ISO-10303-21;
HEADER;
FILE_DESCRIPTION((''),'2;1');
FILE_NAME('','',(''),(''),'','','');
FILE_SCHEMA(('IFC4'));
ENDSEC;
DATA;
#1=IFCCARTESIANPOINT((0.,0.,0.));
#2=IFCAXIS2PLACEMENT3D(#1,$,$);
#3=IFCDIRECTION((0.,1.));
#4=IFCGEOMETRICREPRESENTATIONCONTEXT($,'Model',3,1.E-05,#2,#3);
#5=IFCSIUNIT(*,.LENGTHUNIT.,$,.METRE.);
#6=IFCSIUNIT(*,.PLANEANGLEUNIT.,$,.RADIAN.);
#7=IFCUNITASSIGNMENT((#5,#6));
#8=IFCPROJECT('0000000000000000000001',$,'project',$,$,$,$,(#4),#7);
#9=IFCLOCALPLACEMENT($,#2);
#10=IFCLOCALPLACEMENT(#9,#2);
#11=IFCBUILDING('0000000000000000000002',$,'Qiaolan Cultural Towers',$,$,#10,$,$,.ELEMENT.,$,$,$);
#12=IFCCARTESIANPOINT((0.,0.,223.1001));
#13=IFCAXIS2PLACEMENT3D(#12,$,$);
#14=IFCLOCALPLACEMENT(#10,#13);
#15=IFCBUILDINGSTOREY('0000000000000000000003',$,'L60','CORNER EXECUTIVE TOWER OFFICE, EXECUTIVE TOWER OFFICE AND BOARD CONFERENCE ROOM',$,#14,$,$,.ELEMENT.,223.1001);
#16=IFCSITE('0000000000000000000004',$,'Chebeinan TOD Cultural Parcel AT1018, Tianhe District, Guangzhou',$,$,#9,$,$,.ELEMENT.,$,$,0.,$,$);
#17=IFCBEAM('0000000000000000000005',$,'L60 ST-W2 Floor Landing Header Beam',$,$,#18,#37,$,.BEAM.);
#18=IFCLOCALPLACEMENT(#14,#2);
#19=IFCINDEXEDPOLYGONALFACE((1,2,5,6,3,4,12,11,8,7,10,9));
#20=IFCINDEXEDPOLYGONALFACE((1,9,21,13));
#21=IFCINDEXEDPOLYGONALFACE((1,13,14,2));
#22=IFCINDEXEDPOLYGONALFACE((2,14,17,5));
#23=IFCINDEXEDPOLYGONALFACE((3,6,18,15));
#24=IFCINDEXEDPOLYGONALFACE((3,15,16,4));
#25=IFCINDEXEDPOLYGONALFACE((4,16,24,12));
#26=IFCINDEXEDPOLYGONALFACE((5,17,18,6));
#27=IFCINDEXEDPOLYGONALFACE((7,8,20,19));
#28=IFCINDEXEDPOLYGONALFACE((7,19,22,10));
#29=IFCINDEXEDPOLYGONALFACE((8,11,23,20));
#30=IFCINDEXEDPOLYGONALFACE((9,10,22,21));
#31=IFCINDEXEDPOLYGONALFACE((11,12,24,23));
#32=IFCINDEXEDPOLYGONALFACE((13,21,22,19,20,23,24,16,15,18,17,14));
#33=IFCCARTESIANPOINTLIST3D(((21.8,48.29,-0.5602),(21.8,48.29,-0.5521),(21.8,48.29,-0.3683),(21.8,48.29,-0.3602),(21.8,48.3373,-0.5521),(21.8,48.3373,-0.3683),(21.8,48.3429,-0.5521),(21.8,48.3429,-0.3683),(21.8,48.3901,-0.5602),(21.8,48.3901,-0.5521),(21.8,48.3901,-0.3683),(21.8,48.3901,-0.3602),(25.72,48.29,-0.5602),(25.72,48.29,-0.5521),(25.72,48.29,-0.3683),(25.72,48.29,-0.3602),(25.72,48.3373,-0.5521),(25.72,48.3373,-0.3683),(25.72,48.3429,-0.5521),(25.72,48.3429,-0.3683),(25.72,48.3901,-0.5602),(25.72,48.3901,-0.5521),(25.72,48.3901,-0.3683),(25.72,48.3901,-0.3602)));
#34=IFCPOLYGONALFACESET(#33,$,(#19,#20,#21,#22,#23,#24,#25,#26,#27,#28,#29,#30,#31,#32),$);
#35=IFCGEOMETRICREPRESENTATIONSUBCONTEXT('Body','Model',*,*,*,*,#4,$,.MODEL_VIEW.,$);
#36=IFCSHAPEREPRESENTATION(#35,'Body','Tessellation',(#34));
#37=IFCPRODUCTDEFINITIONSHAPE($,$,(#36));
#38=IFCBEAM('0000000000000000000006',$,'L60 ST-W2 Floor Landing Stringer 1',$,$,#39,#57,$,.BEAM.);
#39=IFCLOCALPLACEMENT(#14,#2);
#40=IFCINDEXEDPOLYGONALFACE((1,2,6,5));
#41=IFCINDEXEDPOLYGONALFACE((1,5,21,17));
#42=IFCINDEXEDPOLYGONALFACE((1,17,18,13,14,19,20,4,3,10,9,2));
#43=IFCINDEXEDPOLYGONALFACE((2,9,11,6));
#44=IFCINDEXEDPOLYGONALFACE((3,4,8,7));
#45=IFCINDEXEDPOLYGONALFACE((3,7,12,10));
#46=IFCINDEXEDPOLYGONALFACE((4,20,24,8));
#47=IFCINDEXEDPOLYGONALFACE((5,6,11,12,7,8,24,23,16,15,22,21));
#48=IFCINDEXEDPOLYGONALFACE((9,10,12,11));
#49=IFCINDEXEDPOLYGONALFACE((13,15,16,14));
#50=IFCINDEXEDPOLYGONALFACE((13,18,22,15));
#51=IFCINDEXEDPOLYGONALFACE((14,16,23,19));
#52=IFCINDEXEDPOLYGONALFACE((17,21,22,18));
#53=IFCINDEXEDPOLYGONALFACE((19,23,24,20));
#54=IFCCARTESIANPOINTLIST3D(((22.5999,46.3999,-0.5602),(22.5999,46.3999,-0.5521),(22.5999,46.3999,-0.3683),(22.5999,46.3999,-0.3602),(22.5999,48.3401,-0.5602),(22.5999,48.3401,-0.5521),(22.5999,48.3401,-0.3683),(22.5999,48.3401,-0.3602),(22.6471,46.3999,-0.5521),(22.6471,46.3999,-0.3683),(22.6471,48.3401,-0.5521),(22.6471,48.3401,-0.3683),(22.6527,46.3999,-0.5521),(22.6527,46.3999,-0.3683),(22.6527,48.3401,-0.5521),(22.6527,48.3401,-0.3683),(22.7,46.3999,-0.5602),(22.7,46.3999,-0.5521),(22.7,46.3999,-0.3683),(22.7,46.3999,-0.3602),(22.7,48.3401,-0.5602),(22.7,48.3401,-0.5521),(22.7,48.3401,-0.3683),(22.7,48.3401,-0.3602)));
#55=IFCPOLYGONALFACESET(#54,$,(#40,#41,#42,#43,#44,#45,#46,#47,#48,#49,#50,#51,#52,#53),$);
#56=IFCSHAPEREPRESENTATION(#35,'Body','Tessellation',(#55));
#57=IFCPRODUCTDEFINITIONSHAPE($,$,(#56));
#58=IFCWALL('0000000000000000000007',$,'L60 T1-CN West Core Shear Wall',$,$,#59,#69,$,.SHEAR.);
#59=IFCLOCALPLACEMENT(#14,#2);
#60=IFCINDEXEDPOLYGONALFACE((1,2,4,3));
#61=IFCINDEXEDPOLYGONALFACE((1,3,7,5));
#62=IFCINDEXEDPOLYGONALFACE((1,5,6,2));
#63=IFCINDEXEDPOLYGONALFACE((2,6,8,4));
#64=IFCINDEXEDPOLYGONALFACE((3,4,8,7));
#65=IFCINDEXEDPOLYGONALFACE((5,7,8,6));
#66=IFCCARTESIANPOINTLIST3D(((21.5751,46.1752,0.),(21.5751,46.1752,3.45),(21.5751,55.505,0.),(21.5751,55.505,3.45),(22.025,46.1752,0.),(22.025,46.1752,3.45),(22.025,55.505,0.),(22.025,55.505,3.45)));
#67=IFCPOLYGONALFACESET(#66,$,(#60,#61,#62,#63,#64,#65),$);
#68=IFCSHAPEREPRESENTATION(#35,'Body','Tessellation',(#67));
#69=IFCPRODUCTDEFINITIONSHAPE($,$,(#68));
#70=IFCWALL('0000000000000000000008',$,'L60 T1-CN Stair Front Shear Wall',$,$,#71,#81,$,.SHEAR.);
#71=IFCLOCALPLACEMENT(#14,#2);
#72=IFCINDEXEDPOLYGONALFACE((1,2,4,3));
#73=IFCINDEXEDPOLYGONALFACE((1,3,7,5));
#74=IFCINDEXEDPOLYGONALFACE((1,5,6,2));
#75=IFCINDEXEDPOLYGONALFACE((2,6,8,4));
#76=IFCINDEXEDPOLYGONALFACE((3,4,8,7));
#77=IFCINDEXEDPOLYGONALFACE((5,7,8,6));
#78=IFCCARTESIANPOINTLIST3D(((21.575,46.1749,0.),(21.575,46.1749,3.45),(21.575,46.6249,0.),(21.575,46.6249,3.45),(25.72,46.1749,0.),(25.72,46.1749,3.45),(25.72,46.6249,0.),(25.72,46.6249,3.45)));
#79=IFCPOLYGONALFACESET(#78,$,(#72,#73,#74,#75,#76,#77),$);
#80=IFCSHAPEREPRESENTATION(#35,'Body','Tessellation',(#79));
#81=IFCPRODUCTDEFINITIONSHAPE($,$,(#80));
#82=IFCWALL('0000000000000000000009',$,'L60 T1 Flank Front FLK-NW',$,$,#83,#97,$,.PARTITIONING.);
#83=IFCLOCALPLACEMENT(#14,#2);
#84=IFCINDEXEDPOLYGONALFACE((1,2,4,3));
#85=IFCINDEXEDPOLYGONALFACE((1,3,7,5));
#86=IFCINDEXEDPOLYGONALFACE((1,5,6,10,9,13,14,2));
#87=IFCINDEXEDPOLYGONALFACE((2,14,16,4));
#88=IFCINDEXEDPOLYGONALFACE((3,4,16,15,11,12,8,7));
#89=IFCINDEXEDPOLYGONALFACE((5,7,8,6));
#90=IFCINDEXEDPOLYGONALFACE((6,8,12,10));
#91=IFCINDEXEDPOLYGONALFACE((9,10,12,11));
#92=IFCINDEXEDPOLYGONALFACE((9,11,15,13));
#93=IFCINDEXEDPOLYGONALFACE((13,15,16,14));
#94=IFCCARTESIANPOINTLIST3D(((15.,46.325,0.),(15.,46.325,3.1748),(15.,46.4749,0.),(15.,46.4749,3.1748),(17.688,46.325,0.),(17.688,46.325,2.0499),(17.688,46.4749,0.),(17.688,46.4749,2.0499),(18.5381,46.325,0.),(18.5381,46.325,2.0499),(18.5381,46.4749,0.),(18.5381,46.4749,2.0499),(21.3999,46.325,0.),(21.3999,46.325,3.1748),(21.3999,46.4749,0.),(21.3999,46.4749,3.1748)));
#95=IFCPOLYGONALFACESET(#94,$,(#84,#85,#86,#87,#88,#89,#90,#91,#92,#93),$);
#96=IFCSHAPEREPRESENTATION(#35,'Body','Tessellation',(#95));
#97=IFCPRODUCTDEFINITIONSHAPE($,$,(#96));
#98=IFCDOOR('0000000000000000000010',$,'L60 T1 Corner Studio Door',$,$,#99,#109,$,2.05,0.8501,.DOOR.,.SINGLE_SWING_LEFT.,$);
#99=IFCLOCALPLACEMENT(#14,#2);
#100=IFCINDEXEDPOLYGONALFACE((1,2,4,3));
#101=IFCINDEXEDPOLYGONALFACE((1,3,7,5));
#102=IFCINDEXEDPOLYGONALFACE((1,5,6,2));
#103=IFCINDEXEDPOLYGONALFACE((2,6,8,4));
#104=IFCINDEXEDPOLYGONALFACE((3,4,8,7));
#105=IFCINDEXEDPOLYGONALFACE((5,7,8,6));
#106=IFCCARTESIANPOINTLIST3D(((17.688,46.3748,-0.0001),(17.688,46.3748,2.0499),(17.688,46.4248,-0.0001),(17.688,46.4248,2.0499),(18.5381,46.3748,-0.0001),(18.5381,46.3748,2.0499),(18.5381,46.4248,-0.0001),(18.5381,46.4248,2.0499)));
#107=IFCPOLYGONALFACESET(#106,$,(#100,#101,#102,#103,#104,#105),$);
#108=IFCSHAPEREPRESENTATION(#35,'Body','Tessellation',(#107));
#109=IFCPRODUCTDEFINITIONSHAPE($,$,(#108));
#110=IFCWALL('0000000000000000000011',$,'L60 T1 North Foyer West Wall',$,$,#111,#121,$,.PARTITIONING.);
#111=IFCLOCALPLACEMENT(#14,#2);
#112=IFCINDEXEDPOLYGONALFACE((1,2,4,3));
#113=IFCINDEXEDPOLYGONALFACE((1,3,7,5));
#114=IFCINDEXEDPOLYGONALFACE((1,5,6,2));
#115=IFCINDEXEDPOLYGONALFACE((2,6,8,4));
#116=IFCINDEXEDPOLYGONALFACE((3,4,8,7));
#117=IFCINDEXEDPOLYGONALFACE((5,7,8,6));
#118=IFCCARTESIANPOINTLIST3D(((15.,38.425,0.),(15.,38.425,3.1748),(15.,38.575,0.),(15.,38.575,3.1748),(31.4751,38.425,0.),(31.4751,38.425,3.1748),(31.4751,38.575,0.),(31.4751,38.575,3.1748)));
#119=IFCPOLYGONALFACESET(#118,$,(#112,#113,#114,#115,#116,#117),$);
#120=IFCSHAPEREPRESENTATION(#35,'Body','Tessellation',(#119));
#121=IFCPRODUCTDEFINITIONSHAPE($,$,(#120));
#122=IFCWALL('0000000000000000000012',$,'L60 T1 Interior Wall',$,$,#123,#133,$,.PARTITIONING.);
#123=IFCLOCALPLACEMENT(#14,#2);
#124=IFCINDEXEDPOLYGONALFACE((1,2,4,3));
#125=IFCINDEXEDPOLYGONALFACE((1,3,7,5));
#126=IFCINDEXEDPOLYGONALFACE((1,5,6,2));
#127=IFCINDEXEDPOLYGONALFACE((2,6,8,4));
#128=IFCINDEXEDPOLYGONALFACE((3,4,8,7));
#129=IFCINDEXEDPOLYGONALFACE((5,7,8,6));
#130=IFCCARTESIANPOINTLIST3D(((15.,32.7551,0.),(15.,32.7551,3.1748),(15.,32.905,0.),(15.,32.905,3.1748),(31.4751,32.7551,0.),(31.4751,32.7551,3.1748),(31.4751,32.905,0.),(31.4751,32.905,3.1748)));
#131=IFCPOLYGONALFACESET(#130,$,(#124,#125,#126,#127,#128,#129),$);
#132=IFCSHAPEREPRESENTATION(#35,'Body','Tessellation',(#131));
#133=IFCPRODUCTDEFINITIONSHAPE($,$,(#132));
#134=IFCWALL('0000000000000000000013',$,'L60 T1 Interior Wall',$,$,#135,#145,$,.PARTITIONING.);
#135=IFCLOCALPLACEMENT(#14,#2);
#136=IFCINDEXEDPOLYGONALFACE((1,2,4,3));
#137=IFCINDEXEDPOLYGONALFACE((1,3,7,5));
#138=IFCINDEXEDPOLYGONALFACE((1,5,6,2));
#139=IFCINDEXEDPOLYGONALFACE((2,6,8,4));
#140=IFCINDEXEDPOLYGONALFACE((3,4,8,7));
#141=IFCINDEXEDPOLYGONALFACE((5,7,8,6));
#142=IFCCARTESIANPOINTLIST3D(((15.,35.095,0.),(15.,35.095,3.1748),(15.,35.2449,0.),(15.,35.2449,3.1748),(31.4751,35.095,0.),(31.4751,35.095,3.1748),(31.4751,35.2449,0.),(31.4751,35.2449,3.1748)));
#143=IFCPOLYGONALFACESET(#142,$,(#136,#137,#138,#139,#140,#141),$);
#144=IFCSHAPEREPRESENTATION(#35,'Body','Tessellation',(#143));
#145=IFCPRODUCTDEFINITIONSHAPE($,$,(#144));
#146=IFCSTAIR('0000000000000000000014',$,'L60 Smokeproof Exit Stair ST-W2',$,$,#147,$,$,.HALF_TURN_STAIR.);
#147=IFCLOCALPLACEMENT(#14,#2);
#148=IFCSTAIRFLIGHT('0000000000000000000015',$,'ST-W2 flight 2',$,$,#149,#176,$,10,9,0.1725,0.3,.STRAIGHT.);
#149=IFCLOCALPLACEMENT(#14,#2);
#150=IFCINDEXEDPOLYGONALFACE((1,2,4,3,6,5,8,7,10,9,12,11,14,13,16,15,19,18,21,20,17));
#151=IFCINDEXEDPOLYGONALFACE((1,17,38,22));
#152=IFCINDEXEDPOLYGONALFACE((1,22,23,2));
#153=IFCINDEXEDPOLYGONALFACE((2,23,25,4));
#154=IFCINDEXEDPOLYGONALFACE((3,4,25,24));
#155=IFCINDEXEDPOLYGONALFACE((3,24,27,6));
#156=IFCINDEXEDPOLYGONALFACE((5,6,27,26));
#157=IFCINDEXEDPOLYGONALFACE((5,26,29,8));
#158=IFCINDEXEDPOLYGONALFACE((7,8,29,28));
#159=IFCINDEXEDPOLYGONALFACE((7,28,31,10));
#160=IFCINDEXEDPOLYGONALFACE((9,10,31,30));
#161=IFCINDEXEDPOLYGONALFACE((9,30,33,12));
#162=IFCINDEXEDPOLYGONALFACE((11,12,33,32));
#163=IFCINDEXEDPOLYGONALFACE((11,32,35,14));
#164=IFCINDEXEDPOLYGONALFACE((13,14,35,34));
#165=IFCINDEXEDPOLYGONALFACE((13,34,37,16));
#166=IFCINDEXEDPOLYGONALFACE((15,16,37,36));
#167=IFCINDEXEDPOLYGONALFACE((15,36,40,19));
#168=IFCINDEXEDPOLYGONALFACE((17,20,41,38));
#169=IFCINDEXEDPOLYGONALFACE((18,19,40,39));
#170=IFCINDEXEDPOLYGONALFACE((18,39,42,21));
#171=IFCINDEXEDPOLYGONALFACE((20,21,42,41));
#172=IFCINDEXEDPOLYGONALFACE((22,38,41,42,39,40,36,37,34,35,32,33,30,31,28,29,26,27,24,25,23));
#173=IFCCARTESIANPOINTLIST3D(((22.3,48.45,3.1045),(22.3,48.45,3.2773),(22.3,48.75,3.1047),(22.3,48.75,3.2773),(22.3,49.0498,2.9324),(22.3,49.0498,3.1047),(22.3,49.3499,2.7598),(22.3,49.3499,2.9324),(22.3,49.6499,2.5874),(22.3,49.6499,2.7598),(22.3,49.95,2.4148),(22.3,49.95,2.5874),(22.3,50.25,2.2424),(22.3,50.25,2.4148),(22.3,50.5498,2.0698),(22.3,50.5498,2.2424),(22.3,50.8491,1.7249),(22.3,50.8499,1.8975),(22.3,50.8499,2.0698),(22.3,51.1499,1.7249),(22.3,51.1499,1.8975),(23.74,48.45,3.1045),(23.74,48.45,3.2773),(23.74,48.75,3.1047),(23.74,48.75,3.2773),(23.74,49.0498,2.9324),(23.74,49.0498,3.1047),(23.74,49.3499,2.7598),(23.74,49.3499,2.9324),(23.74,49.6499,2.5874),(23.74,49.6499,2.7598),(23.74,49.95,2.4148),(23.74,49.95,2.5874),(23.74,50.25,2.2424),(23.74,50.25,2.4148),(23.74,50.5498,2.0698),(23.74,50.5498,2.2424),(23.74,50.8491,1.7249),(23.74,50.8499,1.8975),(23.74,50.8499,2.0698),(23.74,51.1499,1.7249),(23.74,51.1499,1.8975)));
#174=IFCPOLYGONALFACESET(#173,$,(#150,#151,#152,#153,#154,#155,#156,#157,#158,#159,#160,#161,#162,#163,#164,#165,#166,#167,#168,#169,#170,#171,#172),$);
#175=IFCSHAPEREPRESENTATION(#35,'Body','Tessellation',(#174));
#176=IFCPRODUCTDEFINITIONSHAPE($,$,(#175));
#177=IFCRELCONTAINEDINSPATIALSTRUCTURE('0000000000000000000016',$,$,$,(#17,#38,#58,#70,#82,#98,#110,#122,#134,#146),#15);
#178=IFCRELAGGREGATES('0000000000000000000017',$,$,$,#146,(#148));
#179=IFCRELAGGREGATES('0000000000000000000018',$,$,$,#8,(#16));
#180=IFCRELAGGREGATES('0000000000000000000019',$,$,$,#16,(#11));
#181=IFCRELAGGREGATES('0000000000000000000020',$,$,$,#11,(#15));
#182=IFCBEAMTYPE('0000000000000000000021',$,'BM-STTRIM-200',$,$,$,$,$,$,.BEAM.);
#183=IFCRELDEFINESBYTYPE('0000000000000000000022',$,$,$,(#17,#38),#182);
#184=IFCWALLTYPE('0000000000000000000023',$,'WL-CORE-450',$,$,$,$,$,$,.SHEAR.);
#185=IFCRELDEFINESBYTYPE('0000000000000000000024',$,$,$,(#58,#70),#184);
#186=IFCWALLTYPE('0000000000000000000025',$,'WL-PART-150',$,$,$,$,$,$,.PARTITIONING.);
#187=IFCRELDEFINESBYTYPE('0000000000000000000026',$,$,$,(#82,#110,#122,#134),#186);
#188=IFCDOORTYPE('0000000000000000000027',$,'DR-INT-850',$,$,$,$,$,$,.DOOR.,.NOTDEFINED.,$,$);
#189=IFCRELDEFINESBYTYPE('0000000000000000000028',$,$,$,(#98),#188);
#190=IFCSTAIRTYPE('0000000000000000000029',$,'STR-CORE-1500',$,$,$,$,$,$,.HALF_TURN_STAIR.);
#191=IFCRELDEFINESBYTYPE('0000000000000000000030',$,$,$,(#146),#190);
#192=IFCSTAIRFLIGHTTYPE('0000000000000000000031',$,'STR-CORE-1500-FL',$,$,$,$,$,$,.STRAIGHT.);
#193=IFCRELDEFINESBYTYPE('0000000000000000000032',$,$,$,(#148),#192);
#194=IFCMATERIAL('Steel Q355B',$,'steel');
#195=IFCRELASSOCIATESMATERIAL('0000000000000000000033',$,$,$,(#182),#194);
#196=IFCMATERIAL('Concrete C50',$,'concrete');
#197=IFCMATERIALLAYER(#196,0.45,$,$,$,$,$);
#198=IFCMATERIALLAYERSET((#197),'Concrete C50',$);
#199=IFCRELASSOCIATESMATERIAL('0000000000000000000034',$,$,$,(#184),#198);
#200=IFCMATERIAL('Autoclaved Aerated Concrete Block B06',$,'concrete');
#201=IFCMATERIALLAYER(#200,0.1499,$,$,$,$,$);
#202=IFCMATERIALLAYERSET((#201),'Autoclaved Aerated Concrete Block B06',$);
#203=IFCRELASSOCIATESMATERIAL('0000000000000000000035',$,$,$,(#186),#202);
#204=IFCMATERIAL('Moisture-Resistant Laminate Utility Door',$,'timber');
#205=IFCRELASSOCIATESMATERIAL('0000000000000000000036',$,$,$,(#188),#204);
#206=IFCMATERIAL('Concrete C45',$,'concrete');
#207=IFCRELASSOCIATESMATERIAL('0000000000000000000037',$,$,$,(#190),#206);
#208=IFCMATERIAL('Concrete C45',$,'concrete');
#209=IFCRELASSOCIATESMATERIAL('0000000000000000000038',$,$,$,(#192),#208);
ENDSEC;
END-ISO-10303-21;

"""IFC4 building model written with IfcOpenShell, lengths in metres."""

from ifc_helpers import new_model, si_unit, direction, frame, frame_2d, origin, origin_2d, place, context, subcontext, project, spatial, polyline, rectangle, i_section, outline, extrude, material, layer, layer_set, material_profile, profile_set, type_object, element, fill, aggregate, save


model = new_model("IFC4")

# Units and contexts
model_context = context("Model", 3, precision=1e-05, world=origin(), true_north=direction((0.0, 1.0)))
body_context = subcontext(model_context, "Body", "Model", "MODEL_VIEW")
ifc_project = project(units=[si_unit("LENGTHUNIT", "METRE"), si_unit("PLANEANGLEUNIT", "RADIAN")], contexts=[model_context])

# Site, building, storey
site_placement = place(None, origin())
site = spatial("IfcSite", under=ifc_project, at=site_placement, Name="Chebeinan TOD Cultural Parcel AT1018, Tianhe District, Guangzhou", CompositionType="ELEMENT", RefElevation=0.0)
building_placement = place(site_placement, origin())
building = spatial("IfcBuilding", under=site, at=building_placement, Name="Qiaolan Cultural Towers", CompositionType="ELEMENT")
storey_placement = place(building_placement, frame((0.0, 0.0, 223.1001)))
storey = spatial("IfcBuildingStorey", under=building, at=storey_placement, Name="L60", Description="CORNER EXECUTIVE TOWER OFFICE, EXECUTIVE TOWER OFFICE AND BOARD CONFERENCE ROOM", CompositionType="ELEMENT", Elevation=223.1001)

# Beams
ifc_material_1 = material(Name="Steel Q355B", Category="steel")
ifc_material_profile_1 = material_profile(ifc_material_1, i_section(OverallWidth=0.1001, OverallDepth=0.2, WebThickness=0.0056, FlangeThickness=0.0081, at=origin_2d()), Name="HN200x100x5.5x8")
ifc_profile_set_1 = profile_set([ifc_material_profile_1], Name="Steel Q355B")
beam_type_1 = type_object("IfcBeamType", Name="BM-STTRIM-200", PredefinedType="BEAM", material=ifc_profile_set_1)
beam_1_placement = place(storey_placement, frame((21.8, 48.3401, -0.4602), z_axis=(1.0, 0.0, 0.0), x_axis=(0.0, 1.0, 0.0)))
element("IfcBeam", 1, at=beam_1_placement, inside=storey, type_object=beam_type_1, Name="L60 ST-W2 Floor Landing Header Beam", PredefinedType="BEAM", context=body_context, shape_type="SweptSolid", body=[
    extrude(i_section(OverallWidth=0.1001, OverallDepth=0.2, WebThickness=0.0056, FlangeThickness=0.0081, at=origin_2d()), origin(), (0.0, 0.0, 1.0), 3.9199),
])
beam_2_placement = place(storey_placement, frame((22.6499, 46.3999, -0.4602), z_axis=(0.0, 1.0, 0.0), x_axis=(-1.0, 0.0, 0.0)))
element("IfcBeam", 2, at=beam_2_placement, inside=storey, type_object=beam_type_1, Name="L60 ST-W2 Floor Landing Stringer 1", PredefinedType="BEAM", context=body_context, shape_type="SweptSolid", body=[
    extrude(i_section(OverallWidth=0.1001, OverallDepth=0.2, WebThickness=0.0056, FlangeThickness=0.0081, at=origin_2d()), origin(), (0.0, 0.0, 1.0), 1.9402),
])

# Walls
ifc_material_2 = material(Name="Concrete C50", Category="concrete")
ifc_layer_1 = layer(ifc_material_2, 0.45)
ifc_layer_set_1 = layer_set([ifc_layer_1], Name="Concrete C50")
wall_type_1 = type_object("IfcWallType", Name="WL-CORE-450", PredefinedType="SHEAR", material=ifc_layer_set_1)
wall_1_placement = place(storey_placement, frame((21.8, 46.175, 0.0), z_axis=(0.0, 0.0, 1.0), x_axis=(0.0, 1.0, 0.0)))
element("IfcWall", 3, at=wall_1_placement, inside=storey, type_object=wall_type_1, Name="L60 T1-CN West Core Shear Wall", PredefinedType="SHEAR", context=body_context, shape_type="SweptSolid", body=[
    extrude(rectangle(XDim=9.3298, YDim=0.45, at=frame_2d((4.665, 0.0))), origin(), (0.0, 0.0, 1.0), 3.45),
])
wall_2_placement = place(storey_placement, frame((21.575, 46.3999, 0.0), z_axis=(0.0, 0.0, 1.0), x_axis=(1.0, 0.0, 0.0)))
element("IfcWall", 4, at=wall_2_placement, inside=storey, type_object=wall_type_1, Name="L60 T1-CN Stair Front Shear Wall", PredefinedType="SHEAR", context=body_context, shape_type="SweptSolid", body=[
    extrude(rectangle(XDim=4.145, YDim=0.45, at=frame_2d((2.0725, 0.0))), origin(), (0.0, 0.0, 1.0), 3.45),
])

# Wall, opening, door
ifc_material_3 = material(Name="Autoclaved Aerated Concrete Block B06", Category="concrete")
ifc_layer_2 = layer(ifc_material_3, 0.1499)
ifc_layer_set_2 = layer_set([ifc_layer_2], Name="Autoclaved Aerated Concrete Block B06")
wall_type_2 = type_object("IfcWallType", Name="WL-PART-150", PredefinedType="PARTITIONING", material=ifc_layer_set_2)
wall_3_placement = place(storey_placement, frame((15.0, 46.3999, 0.0), z_axis=(0.0, 0.0, 1.0), x_axis=(1.0, 0.0, 0.0)))
wall_3 = element("IfcWall", 5, at=wall_3_placement, inside=storey, type_object=wall_type_2, Name="L60 T1 Flank Front FLK-NW", PredefinedType="PARTITIONING", context=body_context, shape_type="SweptSolid", body=[
    extrude(rectangle(XDim=6.3999, YDim=0.1499, at=frame_2d((3.2, 0.0))), origin(), (0.0, 0.0, 1.0), 3.1748),
])
opening_placement = place(wall_3_placement, frame((2.688, 0.0, 0.0)))
opening = element("IfcOpeningElement", 6, at=opening_placement, cuts=wall_3, PredefinedType="OPENING", context=body_context, shape_type="SweptSolid", body=[
    extrude(rectangle(XDim=0.8501, YDim=2.05, at=frame_2d((0.425, 1.0249))), frame((0.0, 0.085, 0.0), z_axis=(0.0, -1.0, 0.0), x_axis=(1.0, 0.0, 0.0)), (0.0, 0.0, 1.0), 0.1699),
])
ifc_material_4 = material(Name="Moisture-Resistant Laminate Utility Door", Category="timber")
door_type = type_object("IfcDoorType", Name="DR-INT-850", OperationType="NOTDEFINED", PredefinedType="DOOR", material=ifc_material_4)
door_placement = place(opening_placement, origin())
door = element("IfcDoor", 7, at=door_placement, inside=storey, type_object=door_type, Name="L60 T1 Corner Studio Door", OperationType="SINGLE_SWING_LEFT", OverallHeight=2.05, OverallWidth=0.8501, PredefinedType="DOOR", context=body_context, shape_type="SweptSolid", body=[
    extrude(rectangle(XDim=0.8501, YDim=2.05, at=frame_2d((0.425, 1.0249))), frame((0.0, 0.0249, 0.0), z_axis=(0.0, -1.0, 0.0), x_axis=(1.0, 0.0, 0.0)), (0.0, 0.0, 1.0), 0.05),
])
fill(opening, door)

# Walls
for number, where, z_axis, x_axis, name in (
    (8, (15.0, 38.5, 0.0), (0.0, 0.0, 1.0), (1.0, 0.0, 0.0), "L60 T1 North Foyer West Wall"),
    (9, (15.0, 32.8301, 0.0), (0.0, 0.0, 1.0), (1.0, 0.0, 0.0), "L60 T1 Interior Wall"),
    (10, (15.0, 35.1699, 0.0), (0.0, 0.0, 1.0), (1.0, 0.0, 0.0), "L60 T1 Interior Wall"),
):
    element("IfcWall", number, at=place(storey_placement, frame(where, z_axis=z_axis, x_axis=x_axis)), inside=storey, type_object=wall_type_2, Name=name, PredefinedType="PARTITIONING", context=body_context, shape_type="SweptSolid", body=[
        extrude(rectangle(XDim=16.4751, YDim=0.1499, at=frame_2d((8.2375, 0.0))), origin(), (0.0, 0.0, 1.0), 3.1748),
    ])

# Stair, stair flight
ifc_material_5 = material(Name="Concrete C45", Category="concrete")
stair_type = type_object("IfcStairType", Name="STR-CORE-1500", PredefinedType="HALF_TURN_STAIR", material=ifc_material_5)
stair_placement = place(storey_placement, origin())
stair = element("IfcStair", 11, at=stair_placement, inside=storey, type_object=stair_type, Name="L60 Smokeproof Exit Stair ST-W2", PredefinedType="HALF_TURN_STAIR")
ifc_material_6 = material(Name="Concrete C45", Category="concrete")
stair_flight_type = type_object("IfcStairFlightType", Name="STR-CORE-1500-FL", PredefinedType="STRAIGHT", material=ifc_material_6)
stair_flight_placement = place(storey_placement, frame((23.02, 51.1499, 1.7249), z_axis=(0.0, 0.0, 1.0), x_axis=(0.0, -1.0, 0.0)))
stair_flight = element("IfcStairFlight", 12, at=stair_flight_placement, type_object=stair_flight_type, Name="ST-W2 flight 2", NumberOfRisers=10, NumberOfTreads=9, PredefinedType="STRAIGHT", RiserHeight=0.1725, TreadLength=0.3, context=body_context, shape_type="SweptSolid", body=[
    extrude(outline(polyline([(0.0, 0.0), (0.0, 0.1726), (0.3, 0.1726), (0.3, 0.345), (0.6001, 0.345), (0.6001, 0.5176), (0.8999, 0.5176), (0.8999, 0.6899), (1.2, 0.6899), (1.2, 0.8625), (1.5, 0.8625), (1.5, 1.0349), (1.8, 1.0349), (1.8, 1.2075), (2.1001, 1.2075), (2.1001, 1.3799), (2.3999, 1.3799), (2.3999, 1.5525), (2.7, 1.5525), (2.7, 1.7251), (2.7, 1.3796), (0.3008, 0.0), (0.0, 0.0)])), frame((0.0, 0.72, 0.0), z_axis=(0.0, -1.0, 0.0), x_axis=(1.0, 0.0, 0.0)), (0.0, 0.0, 1.0), 1.4399),
])
aggregate(stair, [stair_flight])

save(model, "model.ifc")
